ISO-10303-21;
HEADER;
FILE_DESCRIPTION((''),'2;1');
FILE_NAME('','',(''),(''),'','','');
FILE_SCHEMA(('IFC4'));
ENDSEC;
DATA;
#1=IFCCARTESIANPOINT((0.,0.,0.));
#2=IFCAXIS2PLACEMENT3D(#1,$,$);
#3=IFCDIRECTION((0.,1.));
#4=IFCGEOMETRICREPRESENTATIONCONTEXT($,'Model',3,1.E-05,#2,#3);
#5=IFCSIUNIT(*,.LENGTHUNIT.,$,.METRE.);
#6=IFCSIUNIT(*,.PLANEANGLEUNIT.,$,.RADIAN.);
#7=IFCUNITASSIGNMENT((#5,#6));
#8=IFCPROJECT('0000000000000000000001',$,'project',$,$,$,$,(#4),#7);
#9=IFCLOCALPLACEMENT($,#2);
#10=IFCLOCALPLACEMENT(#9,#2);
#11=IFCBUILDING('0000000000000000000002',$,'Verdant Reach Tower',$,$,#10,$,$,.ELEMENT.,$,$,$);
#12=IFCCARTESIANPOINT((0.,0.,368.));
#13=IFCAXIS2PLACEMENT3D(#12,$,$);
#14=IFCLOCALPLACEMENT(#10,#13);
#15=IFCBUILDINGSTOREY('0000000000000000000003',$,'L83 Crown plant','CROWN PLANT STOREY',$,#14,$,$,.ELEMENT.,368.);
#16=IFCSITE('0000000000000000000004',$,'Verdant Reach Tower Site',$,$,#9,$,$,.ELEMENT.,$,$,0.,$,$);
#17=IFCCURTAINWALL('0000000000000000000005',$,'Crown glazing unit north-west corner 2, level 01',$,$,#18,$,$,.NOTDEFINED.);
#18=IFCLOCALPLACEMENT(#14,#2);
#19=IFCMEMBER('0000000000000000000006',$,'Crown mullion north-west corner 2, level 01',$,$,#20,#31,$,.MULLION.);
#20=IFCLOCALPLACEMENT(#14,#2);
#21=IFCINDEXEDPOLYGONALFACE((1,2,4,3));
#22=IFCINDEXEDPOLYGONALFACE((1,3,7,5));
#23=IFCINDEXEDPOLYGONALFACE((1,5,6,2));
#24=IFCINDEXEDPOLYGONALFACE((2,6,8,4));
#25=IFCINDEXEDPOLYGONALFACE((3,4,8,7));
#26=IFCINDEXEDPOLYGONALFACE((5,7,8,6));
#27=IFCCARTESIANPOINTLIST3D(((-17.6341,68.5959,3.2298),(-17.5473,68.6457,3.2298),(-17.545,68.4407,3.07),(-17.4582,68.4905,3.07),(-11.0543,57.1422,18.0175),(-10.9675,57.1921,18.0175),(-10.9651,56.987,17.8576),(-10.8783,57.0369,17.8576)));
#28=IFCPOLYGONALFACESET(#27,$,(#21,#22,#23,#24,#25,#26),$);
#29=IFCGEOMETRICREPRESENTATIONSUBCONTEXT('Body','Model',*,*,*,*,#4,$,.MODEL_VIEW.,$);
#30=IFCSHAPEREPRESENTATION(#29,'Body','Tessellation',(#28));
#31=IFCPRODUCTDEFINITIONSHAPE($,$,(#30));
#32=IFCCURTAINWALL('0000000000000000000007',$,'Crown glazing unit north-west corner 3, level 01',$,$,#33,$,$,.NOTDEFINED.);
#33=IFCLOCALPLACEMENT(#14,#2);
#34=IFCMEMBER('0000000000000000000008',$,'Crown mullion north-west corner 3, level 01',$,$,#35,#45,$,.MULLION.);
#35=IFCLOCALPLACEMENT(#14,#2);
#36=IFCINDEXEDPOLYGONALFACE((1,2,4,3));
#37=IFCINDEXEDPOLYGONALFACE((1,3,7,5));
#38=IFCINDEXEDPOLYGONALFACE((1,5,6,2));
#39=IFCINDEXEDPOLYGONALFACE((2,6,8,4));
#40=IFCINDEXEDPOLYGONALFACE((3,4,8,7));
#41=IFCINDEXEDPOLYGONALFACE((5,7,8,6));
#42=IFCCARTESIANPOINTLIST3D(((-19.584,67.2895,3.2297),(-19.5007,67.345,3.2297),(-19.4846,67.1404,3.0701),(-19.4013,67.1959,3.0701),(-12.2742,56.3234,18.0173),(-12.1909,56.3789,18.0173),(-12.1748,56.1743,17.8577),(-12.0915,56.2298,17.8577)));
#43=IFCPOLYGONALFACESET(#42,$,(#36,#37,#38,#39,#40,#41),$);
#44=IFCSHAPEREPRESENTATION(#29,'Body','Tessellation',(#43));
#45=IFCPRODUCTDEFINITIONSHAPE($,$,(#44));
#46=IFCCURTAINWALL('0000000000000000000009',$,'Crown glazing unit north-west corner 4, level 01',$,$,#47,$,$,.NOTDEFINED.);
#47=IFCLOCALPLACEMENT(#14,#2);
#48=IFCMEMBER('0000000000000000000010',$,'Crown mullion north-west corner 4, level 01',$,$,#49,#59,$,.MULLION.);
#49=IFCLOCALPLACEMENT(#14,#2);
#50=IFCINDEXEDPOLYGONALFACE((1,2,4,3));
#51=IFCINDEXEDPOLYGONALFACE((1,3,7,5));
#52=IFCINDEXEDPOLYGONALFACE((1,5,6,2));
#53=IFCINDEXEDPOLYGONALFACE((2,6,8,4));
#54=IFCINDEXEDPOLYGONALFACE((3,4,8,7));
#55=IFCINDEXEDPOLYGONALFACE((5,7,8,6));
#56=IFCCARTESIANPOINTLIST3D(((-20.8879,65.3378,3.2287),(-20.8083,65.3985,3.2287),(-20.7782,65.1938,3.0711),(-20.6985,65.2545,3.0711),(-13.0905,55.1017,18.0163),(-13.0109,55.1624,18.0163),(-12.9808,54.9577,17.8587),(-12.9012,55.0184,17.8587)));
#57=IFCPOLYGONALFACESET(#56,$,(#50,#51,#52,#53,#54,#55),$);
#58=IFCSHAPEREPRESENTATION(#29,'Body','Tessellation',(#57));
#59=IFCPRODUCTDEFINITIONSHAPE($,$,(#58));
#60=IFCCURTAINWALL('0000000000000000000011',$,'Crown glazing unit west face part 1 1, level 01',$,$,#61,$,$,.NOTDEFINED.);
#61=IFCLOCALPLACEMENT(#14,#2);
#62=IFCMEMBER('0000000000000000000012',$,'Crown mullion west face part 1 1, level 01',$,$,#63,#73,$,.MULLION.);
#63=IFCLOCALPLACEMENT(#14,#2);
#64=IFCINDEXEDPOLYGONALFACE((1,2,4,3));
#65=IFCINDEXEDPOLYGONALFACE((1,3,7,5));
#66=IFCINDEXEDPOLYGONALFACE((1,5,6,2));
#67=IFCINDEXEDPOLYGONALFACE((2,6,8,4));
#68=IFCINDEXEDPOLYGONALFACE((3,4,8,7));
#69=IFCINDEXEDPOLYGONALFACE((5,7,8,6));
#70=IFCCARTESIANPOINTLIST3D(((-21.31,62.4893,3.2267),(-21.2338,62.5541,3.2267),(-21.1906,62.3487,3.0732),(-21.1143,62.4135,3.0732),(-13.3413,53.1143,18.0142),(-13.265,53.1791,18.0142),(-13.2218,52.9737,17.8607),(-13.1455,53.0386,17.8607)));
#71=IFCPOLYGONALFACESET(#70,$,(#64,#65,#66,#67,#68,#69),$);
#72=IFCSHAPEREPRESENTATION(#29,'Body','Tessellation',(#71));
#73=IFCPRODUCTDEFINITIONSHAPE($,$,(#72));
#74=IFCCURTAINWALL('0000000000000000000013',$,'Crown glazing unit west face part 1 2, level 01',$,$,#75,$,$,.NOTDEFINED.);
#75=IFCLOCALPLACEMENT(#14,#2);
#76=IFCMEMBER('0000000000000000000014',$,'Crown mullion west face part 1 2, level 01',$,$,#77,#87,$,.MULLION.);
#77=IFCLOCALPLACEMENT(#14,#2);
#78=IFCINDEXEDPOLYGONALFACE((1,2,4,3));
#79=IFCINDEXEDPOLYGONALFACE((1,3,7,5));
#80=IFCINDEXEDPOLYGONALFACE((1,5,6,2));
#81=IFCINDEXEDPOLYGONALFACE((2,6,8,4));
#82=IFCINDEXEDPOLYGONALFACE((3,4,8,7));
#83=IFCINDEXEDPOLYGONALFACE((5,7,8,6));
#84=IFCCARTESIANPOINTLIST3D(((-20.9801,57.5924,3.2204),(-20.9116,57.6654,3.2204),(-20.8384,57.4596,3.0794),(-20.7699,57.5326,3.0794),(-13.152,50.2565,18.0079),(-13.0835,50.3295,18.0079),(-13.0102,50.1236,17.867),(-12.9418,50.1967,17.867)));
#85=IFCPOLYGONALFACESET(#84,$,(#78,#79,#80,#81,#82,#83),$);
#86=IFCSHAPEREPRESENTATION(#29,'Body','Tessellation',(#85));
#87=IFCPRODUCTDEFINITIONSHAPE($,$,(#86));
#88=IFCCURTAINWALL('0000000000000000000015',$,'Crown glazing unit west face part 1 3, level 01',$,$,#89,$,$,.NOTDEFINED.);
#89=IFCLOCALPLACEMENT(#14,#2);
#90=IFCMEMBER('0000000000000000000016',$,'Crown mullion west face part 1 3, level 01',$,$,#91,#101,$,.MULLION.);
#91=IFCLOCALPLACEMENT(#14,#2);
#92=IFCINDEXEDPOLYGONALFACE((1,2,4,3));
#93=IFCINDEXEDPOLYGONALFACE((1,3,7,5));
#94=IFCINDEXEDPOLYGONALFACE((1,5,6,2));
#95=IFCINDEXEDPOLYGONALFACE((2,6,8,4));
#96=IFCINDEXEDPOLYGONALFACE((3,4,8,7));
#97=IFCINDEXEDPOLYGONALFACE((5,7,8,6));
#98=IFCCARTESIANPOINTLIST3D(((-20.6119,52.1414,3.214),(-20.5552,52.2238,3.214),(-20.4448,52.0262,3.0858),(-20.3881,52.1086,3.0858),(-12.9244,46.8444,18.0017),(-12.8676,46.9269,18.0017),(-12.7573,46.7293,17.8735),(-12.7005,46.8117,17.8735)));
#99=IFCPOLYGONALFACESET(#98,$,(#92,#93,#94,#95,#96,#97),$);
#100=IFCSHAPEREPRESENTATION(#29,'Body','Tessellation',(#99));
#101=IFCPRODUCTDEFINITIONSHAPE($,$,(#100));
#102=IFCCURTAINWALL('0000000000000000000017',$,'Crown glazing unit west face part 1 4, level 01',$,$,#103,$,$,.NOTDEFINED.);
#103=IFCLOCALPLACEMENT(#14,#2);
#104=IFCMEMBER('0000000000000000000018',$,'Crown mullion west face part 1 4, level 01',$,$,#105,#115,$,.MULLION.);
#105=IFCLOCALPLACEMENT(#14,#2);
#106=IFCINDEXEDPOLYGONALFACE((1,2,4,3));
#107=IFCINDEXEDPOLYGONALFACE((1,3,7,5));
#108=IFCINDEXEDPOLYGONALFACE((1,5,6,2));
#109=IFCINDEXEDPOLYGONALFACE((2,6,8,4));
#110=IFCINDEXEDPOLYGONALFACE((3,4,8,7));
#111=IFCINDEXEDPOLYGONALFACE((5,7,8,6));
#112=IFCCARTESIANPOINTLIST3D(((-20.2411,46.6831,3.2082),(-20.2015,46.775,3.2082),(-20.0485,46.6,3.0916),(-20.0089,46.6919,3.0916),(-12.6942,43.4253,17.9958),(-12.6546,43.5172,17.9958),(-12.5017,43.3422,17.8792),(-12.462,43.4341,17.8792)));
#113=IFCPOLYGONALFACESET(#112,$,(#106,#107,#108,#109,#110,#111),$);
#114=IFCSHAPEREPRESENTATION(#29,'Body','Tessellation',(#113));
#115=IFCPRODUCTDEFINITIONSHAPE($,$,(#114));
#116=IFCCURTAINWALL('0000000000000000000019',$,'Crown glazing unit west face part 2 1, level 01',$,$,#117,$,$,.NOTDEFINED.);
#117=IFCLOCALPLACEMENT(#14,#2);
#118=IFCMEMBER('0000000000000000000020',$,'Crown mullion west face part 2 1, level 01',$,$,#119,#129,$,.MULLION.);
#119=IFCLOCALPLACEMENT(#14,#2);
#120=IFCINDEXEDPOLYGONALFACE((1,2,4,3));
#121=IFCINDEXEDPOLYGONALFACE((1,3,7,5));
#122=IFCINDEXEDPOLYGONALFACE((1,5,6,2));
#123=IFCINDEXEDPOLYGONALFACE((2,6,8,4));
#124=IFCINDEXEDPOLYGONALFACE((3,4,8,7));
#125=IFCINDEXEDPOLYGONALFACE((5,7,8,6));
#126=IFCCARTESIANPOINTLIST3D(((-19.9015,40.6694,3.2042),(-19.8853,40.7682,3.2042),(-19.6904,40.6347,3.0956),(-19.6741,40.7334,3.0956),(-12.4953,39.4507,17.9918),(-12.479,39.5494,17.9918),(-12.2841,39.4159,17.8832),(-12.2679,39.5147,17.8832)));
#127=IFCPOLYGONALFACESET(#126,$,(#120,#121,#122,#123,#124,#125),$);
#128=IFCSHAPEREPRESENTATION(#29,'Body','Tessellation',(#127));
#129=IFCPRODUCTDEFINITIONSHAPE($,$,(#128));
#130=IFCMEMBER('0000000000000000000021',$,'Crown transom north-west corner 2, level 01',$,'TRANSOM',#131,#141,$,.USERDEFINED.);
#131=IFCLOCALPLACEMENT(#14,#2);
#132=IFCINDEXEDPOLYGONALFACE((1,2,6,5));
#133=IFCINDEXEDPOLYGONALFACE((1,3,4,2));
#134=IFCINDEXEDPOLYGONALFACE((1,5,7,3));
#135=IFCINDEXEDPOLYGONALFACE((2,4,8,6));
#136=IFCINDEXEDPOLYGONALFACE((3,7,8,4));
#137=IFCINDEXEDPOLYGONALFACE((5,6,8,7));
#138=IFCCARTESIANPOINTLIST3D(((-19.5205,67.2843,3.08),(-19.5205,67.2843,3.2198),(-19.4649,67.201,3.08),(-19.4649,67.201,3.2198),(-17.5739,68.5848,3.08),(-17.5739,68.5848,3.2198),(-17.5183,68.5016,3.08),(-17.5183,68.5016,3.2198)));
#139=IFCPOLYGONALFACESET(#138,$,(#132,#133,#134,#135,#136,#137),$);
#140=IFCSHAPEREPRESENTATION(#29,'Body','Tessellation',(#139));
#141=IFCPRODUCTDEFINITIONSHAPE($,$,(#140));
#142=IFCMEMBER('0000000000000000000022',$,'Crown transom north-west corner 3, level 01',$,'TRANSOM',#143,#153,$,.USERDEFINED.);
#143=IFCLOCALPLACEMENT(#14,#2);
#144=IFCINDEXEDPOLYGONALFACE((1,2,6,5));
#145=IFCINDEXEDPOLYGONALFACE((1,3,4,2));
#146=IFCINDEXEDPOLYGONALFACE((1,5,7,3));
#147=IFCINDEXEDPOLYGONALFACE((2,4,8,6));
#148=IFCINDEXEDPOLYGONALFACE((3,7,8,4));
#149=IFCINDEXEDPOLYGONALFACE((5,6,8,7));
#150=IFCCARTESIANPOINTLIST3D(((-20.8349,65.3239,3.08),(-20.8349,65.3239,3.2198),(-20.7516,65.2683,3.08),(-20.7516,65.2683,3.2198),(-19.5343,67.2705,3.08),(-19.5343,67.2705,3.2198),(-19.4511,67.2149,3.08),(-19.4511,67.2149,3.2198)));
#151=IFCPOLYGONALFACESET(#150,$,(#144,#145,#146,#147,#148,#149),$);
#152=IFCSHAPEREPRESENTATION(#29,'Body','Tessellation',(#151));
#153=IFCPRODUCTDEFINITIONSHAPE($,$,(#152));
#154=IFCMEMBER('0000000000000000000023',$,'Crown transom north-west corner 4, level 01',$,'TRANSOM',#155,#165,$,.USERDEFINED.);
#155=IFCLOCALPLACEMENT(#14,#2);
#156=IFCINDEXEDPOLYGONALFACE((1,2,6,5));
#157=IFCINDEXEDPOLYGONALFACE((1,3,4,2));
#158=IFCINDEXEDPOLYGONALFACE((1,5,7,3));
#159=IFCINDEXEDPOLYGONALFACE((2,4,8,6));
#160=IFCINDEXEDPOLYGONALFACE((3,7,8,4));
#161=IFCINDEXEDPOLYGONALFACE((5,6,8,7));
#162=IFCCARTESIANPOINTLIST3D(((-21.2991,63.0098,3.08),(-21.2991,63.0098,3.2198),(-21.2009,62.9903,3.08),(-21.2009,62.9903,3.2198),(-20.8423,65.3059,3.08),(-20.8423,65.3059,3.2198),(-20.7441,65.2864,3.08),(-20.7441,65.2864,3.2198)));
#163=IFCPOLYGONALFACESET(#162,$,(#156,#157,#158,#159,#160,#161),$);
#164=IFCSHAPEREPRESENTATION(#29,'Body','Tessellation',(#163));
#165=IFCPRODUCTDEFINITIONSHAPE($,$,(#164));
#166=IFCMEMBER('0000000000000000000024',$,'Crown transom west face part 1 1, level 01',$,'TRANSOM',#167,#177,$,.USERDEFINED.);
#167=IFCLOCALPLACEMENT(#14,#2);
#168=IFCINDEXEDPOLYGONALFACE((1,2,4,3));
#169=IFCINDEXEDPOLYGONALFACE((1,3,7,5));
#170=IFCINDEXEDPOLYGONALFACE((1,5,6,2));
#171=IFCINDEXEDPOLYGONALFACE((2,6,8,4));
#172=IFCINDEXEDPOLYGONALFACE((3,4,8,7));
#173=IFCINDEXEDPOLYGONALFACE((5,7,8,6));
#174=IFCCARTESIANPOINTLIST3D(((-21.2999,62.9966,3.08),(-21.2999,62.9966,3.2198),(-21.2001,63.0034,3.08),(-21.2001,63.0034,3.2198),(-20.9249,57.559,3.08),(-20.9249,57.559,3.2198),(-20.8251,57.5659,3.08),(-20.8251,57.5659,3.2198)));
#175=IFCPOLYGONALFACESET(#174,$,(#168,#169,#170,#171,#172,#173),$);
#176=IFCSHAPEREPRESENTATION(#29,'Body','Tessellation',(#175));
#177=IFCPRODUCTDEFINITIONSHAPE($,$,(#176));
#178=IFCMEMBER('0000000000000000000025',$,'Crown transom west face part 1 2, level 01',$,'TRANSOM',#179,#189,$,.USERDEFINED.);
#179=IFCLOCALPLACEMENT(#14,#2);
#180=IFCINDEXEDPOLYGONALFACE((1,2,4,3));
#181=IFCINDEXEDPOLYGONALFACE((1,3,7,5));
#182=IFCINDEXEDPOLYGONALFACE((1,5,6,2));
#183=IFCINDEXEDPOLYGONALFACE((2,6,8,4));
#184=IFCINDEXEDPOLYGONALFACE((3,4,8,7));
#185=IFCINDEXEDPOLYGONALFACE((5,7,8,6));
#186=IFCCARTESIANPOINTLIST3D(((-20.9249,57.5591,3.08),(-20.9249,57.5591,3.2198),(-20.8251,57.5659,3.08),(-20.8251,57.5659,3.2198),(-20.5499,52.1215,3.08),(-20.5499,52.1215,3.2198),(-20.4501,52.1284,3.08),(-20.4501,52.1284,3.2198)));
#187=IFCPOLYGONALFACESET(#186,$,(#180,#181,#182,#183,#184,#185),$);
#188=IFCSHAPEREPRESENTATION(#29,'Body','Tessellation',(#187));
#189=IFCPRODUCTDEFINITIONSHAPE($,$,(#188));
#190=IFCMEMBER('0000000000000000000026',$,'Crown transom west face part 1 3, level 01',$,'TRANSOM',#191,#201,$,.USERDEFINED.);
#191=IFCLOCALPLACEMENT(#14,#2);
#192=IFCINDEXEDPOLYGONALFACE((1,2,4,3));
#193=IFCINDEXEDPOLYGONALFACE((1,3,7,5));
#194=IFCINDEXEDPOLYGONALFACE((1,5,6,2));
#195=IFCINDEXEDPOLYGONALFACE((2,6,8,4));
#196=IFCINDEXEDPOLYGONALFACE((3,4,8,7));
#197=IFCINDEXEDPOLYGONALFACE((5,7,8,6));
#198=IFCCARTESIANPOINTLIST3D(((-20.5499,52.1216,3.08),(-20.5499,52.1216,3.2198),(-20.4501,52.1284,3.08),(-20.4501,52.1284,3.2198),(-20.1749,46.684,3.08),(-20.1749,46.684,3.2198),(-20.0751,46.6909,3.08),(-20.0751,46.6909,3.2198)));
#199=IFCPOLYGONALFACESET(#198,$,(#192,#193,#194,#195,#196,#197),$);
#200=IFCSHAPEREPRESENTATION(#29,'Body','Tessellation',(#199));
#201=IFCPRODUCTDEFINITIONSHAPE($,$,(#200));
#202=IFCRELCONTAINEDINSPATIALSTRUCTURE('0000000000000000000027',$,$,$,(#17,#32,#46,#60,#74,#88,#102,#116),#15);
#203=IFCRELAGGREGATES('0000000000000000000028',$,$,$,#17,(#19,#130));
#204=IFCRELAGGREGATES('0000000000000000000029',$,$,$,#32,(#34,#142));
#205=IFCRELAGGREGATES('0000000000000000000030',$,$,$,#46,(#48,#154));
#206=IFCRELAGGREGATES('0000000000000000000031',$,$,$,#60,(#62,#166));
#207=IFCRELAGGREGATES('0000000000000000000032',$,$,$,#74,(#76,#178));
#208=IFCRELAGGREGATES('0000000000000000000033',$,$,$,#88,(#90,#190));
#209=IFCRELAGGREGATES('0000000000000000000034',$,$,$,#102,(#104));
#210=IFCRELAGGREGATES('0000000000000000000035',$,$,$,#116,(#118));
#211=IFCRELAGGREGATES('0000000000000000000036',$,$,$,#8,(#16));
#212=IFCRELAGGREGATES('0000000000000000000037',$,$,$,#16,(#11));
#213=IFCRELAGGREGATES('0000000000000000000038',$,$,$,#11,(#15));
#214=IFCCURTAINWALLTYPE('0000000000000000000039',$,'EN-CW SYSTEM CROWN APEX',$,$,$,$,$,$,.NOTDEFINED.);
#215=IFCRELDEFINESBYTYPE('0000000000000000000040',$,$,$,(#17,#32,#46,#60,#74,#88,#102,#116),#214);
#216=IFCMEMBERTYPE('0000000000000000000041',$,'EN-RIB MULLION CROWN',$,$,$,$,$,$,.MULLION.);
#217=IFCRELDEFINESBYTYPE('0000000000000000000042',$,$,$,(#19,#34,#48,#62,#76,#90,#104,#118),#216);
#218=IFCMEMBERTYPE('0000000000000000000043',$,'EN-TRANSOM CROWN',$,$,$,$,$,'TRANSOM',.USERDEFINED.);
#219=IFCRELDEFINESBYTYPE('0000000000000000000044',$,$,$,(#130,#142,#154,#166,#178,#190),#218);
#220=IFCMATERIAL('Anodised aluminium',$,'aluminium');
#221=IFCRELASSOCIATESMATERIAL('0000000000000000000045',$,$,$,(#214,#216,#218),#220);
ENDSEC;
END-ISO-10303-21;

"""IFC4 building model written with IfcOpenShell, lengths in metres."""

from ifc_helpers import new_model, si_unit, direction, frame, origin, origin_2d, place, context, subcontext, project, spatial, rectangle, extrude, material, material_profile, profile_set, type_object, element, aggregate, save


model = new_model("IFC4")

# Units and contexts
model_context = context("Model", 3, precision=1e-05, world=origin(), true_north=direction((0.0, 1.0)))
body_context = subcontext(model_context, "Body", "Model", "MODEL_VIEW")
ifc_project = project(units=[si_unit("LENGTHUNIT", "METRE"), si_unit("PLANEANGLEUNIT", "RADIAN")], contexts=[model_context])

# Site, building, storey
site_placement = place(None, origin())
site = spatial("IfcSite", under=ifc_project, at=site_placement, Name="Verdant Reach Tower Site", CompositionType="ELEMENT", RefElevation=0.0)
building_placement = place(site_placement, origin())
building = spatial("IfcBuilding", under=site, at=building_placement, Name="Verdant Reach Tower", CompositionType="ELEMENT")
storey_placement = place(building_placement, frame((0.0, 0.0, 368.0)))
storey = spatial("IfcBuildingStorey", under=building, at=storey_placement, Name="L83 Crown plant", Description="CROWN PLANT STOREY", CompositionType="ELEMENT", Elevation=368.0)

# Curtain walls, members
ifc_material_1 = material(Name="Anodised aluminium", Category="aluminium")
curtain_wall_type_1 = type_object("IfcCurtainWallType", Name="EN-CW SYSTEM CROWN APEX", PredefinedType="NOTDEFINED", material=ifc_material_1)
curtain_wall_1_placement = place(storey_placement, origin())
curtain_wall_1 = element("IfcCurtainWall", 1, at=curtain_wall_1_placement, inside=storey, type_object=curtain_wall_type_1, Name="Crown glazing unit north-west corner 2, level 01", PredefinedType="NOTDEFINED")
ifc_material_profile_1 = material_profile(ifc_material_1, rectangle(XDim=0.1001, YDim=0.24, at=origin_2d()), Name="Mullion 100x240")
ifc_profile_set_1 = profile_set([ifc_material_profile_1], Name="Anodised aluminium")
member_type_1 = type_object("IfcMemberType", Name="EN-RIB MULLION CROWN", PredefinedType="MULLION", material=ifc_profile_set_1)
member_1_placement = place(storey_placement, frame((-17.5461, 68.5432, 3.1499), z_axis=(0.331844, -0.577646, 0.745791), x_axis=(0.867102, 0.49813, 0.0)))
member_1 = element("IfcMember", 2, at=member_1_placement, type_object=member_type_1, Name="Crown mullion north-west corner 2, level 01", PredefinedType="MULLION", context=body_context, shape_type="SweptSolid", body=[
    extrude(rectangle(XDim=0.1001, YDim=0.24, at=origin_2d()), origin(), (0.0, 0.0, 1.0), 19.8281),
])
curtain_wall_2_placement = place(storey_placement, origin())
curtain_wall_2 = element("IfcCurtainWall", 3, at=curtain_wall_2_placement, inside=storey, type_object=curtain_wall_type_1, Name="Crown glazing unit north-west corner 3, level 01", PredefinedType="NOTDEFINED")
member_2_placement = place(storey_placement, frame((-19.4927, 67.2427, 3.1499), z_axis=(0.369031, -0.553615, 0.746543), x_axis=(0.832082, 0.554653, 0.0)))
member_2 = element("IfcMember", 4, at=member_2_placement, type_object=member_type_1, Name="Crown mullion north-west corner 3, level 01", PredefinedType="MULLION", context=body_context, shape_type="SweptSolid", body=[
    extrude(rectangle(XDim=0.1001, YDim=0.24, at=origin_2d()), origin(), (0.0, 0.0, 1.0), 19.8081),
])
curtain_wall_3_placement = place(storey_placement, origin())
curtain_wall_3 = element("IfcCurtainWall", 5, at=curtain_wall_3_placement, inside=storey, type_object=curtain_wall_type_1, Name="Crown glazing unit north-west corner 4, level 01", PredefinedType="NOTDEFINED")
member_3_placement = place(storey_placement, frame((-20.7932, 65.2961, 3.1499), z_axis=(0.397778, -0.522188, 0.754382), x_axis=(0.79549, 0.605967, 0.0)))
member_3 = element("IfcMember", 6, at=member_3_placement, type_object=member_type_1, Name="Crown mullion north-west corner 4, level 01", PredefinedType="MULLION", context=body_context, shape_type="SweptSolid", body=[
    extrude(rectangle(XDim=0.1001, YDim=0.24, at=origin_2d()), origin(), (0.0, 0.0, 1.0), 19.6023),
])
curtain_wall_4_placement = place(storey_placement, origin())
curtain_wall_4 = element("IfcCurtainWall", 7, at=curtain_wall_4_placement, inside=storey, type_object=curtain_wall_type_1, Name="Crown glazing unit west face part 1 1, level 01", PredefinedType="NOTDEFINED")
member_4_placement = place(storey_placement, frame((-21.2122, 62.4514, 3.1499), z_axis=(0.414239, -0.48734, 0.768703), x_axis=(0.761939, 0.647648, 0.0)))
member_4 = element("IfcMember", 8, at=member_4_placement, type_object=member_type_1, Name="Crown mullion west face part 1 1, level 01", PredefinedType="MULLION", context=body_context, shape_type="SweptSolid", body=[
    extrude(rectangle(XDim=0.1001, YDim=0.24, at=origin_2d()), origin(), (0.0, 0.0, 1.0), 19.2371),
])
curtain_wall_5_placement = place(storey_placement, origin())
curtain_wall_5 = element("IfcCurtainWall", 9, at=curtain_wall_5_placement, inside=storey, type_object=curtain_wall_type_1, Name="Crown glazing unit west face part 1 2, level 01", PredefinedType="NOTDEFINED")
member_5_placement = place(storey_placement, frame((-20.875, 57.5625, 3.1499), z_axis=(0.428484, -0.401544, 0.809422), x_axis=(0.683796, 0.729673, 0.0)))
member_5 = element("IfcMember", 10, at=member_5_placement, type_object=member_type_1, Name="Crown mullion west face part 1 2, level 01", PredefinedType="MULLION", context=body_context, shape_type="SweptSolid", body=[
    extrude(rectangle(XDim=0.1001, YDim=0.24, at=origin_2d()), origin(), (0.0, 0.0, 1.0), 18.2693),
])
curtain_wall_6_placement = place(storey_placement, origin())
curtain_wall_6 = element("IfcCurtainWall", 11, at=curtain_wall_6_placement, inside=storey, type_object=curtain_wall_type_1, Name="Crown glazing unit west face part 1 3, level 01", PredefinedType="NOTDEFINED")
member_6_placement = place(storey_placement, frame((-20.5, 52.125, 3.1499), z_axis=(0.439589, -0.302888, 0.845589), x_axis=(0.567381, 0.823455, 0.0)))
member_6 = element("IfcMember", 12, at=member_6_placement, type_object=member_type_1, Name="Crown mullion west face part 1 3, level 01", PredefinedType="MULLION", context=body_context, shape_type="SweptSolid", body=[
    extrude(rectangle(XDim=0.1001, YDim=0.24, at=origin_2d()), origin(), (0.0, 0.0, 1.0), 17.488),
])
curtain_wall_7_placement = place(storey_placement, origin())
curtain_wall_7 = element("IfcCurtainWall", 13, at=curtain_wall_7_placement, inside=storey, type_object=curtain_wall_type_1, Name="Crown glazing unit west face part 1 4, level 01", PredefinedType="NOTDEFINED")
member_7_placement = place(storey_placement, frame((-20.125, 46.6875, 3.1499), z_axis=(0.446068, -0.192557, 0.87404), x_axis=(0.396327, 0.91811, 0.0)))
member_7 = element("IfcMember", 14, at=member_7_placement, type_object=member_type_1, Name="Crown mullion west face part 1 4, level 01", PredefinedType="MULLION", context=body_context, shape_type="SweptSolid", body=[
    extrude(rectangle(XDim=0.1001, YDim=0.24, at=origin_2d()), origin(), (0.0, 0.0, 1.0), 16.9187),
])
curtain_wall_8_placement = place(storey_placement, origin())
curtain_wall_8 = element("IfcCurtainWall", 15, at=curtain_wall_8_placement, inside=storey, type_object=curtain_wall_type_1, Name="Crown glazing unit west face part 2 1, level 01", PredefinedType="NOTDEFINED")
member_8_placement = place(storey_placement, frame((-19.7878, 40.7014, 3.1499), z_axis=(0.446605, -0.073492, 0.891708), x_axis=(0.162373, 0.986729, 0.0)))
member_8 = element("IfcMember", 16, at=member_8_placement, type_object=member_type_1, Name="Crown mullion west face part 2 1, level 01", PredefinedType="MULLION", context=body_context, shape_type="SweptSolid", body=[
    extrude(rectangle(XDim=0.1001, YDim=0.24, at=origin_2d()), origin(), (0.0, 0.0, 1.0), 16.5835),
])

# Members
ifc_material_profile_2 = material_profile(ifc_material_1, rectangle(XDim=0.1001, YDim=0.1399, at=origin_2d()), Name="Transom 140x100")
ifc_profile_set_2 = profile_set([ifc_material_profile_2], Name="Anodised aluminium")
member_type_2 = type_object("IfcMemberType", Name="EN-TRANSOM CROWN", ElementType="TRANSOM", PredefinedType="USERDEFINED", material=ifc_profile_set_2)
member_9_placement = place(storey_placement, frame((-17.5461, 68.5432, 3.1499), z_axis=(-0.831488, -0.555542, 0.0), x_axis=(0.555542, -0.831488, 0.0)))
member_9 = element("IfcMember", 17, at=member_9_placement, type_object=member_type_2, Name="Crown transom north-west corner 2, level 01", ObjectType="TRANSOM", PredefinedType="USERDEFINED", context=body_context, shape_type="SweptSolid", body=[
    extrude(rectangle(XDim=0.1001, YDim=0.1399, at=origin_2d()), origin(), (0.0, 0.0, 1.0), 2.3411),
])
aggregate(curtain_wall_1, [member_1, member_9])
member_10_placement = place(storey_placement, frame((-19.4927, 67.2427, 3.1499), z_axis=(-0.555542, -0.831488, 0.0), x_axis=(0.831488, -0.555542, 0.0)))
member_10 = element("IfcMember", 18, at=member_10_placement, type_object=member_type_2, Name="Crown transom north-west corner 3, level 01", ObjectType="TRANSOM", PredefinedType="USERDEFINED", context=body_context, shape_type="SweptSolid", body=[
    extrude(rectangle(XDim=0.1001, YDim=0.1399, at=origin_2d()), origin(), (0.0, 0.0, 1.0), 2.3411),
])
member_11_placement = place(storey_placement, frame((-20.7932, 65.2961, 3.1499), z_axis=(-0.195113, -0.980781, 0.0), x_axis=(0.980781, -0.195113, 0.0)))
member_11 = element("IfcMember", 19, at=member_11_placement, type_object=member_type_2, Name="Crown transom north-west corner 4, level 01", ObjectType="TRANSOM", PredefinedType="USERDEFINED", context=body_context, shape_type="SweptSolid", body=[
    extrude(rectangle(XDim=0.1001, YDim=0.1399, at=origin_2d()), origin(), (0.0, 0.0, 1.0), 2.3411),
])
member_12_placement = place(storey_placement, frame((-21.25, 63.0, 3.1499), z_axis=(0.068802, -0.99763, 0.0), x_axis=(0.99763, 0.068802, 0.0)))
member_12 = element("IfcMember", 20, at=member_12_placement, type_object=member_type_2, Name="Crown transom west face part 1 1, level 01", ObjectType="TRANSOM", PredefinedType="USERDEFINED", context=body_context, shape_type="SweptSolid", body=[
    extrude(rectangle(XDim=0.1001, YDim=0.1399, at=origin_2d()), origin(), (0.0, 0.0, 1.0), 5.4504),
])
member_13_placement = place(storey_placement, frame((-20.875, 57.5625, 3.1499), z_axis=(0.068802, -0.99763, 0.0), x_axis=(0.99763, 0.068802, 0.0)))
member_13 = element("IfcMember", 21, at=member_13_placement, type_object=member_type_2, Name="Crown transom west face part 1 2, level 01", ObjectType="TRANSOM", PredefinedType="USERDEFINED", context=body_context, shape_type="SweptSolid", body=[
    extrude(rectangle(XDim=0.1001, YDim=0.1399, at=origin_2d()), origin(), (0.0, 0.0, 1.0), 5.4504),
])
member_14_placement = place(storey_placement, frame((-20.5, 52.125, 3.1499), z_axis=(0.068802, -0.99763, 0.0), x_axis=(0.99763, 0.068802, 0.0)))
member_14 = element("IfcMember", 22, at=member_14_placement, type_object=member_type_2, Name="Crown transom west face part 1 3, level 01", ObjectType="TRANSOM", PredefinedType="USERDEFINED", context=body_context, shape_type="SweptSolid", body=[
    extrude(rectangle(XDim=0.1001, YDim=0.1399, at=origin_2d()), origin(), (0.0, 0.0, 1.0), 5.4504),
])

aggregate(curtain_wall_2, [member_2, member_10])
aggregate(curtain_wall_3, [member_3, member_11])
aggregate(curtain_wall_4, [member_4, member_12])
aggregate(curtain_wall_5, [member_5, member_13])
aggregate(curtain_wall_6, [member_6, member_14])
aggregate(curtain_wall_7, [member_7])
aggregate(curtain_wall_8, [member_8])

save(model, "model.ifc")
